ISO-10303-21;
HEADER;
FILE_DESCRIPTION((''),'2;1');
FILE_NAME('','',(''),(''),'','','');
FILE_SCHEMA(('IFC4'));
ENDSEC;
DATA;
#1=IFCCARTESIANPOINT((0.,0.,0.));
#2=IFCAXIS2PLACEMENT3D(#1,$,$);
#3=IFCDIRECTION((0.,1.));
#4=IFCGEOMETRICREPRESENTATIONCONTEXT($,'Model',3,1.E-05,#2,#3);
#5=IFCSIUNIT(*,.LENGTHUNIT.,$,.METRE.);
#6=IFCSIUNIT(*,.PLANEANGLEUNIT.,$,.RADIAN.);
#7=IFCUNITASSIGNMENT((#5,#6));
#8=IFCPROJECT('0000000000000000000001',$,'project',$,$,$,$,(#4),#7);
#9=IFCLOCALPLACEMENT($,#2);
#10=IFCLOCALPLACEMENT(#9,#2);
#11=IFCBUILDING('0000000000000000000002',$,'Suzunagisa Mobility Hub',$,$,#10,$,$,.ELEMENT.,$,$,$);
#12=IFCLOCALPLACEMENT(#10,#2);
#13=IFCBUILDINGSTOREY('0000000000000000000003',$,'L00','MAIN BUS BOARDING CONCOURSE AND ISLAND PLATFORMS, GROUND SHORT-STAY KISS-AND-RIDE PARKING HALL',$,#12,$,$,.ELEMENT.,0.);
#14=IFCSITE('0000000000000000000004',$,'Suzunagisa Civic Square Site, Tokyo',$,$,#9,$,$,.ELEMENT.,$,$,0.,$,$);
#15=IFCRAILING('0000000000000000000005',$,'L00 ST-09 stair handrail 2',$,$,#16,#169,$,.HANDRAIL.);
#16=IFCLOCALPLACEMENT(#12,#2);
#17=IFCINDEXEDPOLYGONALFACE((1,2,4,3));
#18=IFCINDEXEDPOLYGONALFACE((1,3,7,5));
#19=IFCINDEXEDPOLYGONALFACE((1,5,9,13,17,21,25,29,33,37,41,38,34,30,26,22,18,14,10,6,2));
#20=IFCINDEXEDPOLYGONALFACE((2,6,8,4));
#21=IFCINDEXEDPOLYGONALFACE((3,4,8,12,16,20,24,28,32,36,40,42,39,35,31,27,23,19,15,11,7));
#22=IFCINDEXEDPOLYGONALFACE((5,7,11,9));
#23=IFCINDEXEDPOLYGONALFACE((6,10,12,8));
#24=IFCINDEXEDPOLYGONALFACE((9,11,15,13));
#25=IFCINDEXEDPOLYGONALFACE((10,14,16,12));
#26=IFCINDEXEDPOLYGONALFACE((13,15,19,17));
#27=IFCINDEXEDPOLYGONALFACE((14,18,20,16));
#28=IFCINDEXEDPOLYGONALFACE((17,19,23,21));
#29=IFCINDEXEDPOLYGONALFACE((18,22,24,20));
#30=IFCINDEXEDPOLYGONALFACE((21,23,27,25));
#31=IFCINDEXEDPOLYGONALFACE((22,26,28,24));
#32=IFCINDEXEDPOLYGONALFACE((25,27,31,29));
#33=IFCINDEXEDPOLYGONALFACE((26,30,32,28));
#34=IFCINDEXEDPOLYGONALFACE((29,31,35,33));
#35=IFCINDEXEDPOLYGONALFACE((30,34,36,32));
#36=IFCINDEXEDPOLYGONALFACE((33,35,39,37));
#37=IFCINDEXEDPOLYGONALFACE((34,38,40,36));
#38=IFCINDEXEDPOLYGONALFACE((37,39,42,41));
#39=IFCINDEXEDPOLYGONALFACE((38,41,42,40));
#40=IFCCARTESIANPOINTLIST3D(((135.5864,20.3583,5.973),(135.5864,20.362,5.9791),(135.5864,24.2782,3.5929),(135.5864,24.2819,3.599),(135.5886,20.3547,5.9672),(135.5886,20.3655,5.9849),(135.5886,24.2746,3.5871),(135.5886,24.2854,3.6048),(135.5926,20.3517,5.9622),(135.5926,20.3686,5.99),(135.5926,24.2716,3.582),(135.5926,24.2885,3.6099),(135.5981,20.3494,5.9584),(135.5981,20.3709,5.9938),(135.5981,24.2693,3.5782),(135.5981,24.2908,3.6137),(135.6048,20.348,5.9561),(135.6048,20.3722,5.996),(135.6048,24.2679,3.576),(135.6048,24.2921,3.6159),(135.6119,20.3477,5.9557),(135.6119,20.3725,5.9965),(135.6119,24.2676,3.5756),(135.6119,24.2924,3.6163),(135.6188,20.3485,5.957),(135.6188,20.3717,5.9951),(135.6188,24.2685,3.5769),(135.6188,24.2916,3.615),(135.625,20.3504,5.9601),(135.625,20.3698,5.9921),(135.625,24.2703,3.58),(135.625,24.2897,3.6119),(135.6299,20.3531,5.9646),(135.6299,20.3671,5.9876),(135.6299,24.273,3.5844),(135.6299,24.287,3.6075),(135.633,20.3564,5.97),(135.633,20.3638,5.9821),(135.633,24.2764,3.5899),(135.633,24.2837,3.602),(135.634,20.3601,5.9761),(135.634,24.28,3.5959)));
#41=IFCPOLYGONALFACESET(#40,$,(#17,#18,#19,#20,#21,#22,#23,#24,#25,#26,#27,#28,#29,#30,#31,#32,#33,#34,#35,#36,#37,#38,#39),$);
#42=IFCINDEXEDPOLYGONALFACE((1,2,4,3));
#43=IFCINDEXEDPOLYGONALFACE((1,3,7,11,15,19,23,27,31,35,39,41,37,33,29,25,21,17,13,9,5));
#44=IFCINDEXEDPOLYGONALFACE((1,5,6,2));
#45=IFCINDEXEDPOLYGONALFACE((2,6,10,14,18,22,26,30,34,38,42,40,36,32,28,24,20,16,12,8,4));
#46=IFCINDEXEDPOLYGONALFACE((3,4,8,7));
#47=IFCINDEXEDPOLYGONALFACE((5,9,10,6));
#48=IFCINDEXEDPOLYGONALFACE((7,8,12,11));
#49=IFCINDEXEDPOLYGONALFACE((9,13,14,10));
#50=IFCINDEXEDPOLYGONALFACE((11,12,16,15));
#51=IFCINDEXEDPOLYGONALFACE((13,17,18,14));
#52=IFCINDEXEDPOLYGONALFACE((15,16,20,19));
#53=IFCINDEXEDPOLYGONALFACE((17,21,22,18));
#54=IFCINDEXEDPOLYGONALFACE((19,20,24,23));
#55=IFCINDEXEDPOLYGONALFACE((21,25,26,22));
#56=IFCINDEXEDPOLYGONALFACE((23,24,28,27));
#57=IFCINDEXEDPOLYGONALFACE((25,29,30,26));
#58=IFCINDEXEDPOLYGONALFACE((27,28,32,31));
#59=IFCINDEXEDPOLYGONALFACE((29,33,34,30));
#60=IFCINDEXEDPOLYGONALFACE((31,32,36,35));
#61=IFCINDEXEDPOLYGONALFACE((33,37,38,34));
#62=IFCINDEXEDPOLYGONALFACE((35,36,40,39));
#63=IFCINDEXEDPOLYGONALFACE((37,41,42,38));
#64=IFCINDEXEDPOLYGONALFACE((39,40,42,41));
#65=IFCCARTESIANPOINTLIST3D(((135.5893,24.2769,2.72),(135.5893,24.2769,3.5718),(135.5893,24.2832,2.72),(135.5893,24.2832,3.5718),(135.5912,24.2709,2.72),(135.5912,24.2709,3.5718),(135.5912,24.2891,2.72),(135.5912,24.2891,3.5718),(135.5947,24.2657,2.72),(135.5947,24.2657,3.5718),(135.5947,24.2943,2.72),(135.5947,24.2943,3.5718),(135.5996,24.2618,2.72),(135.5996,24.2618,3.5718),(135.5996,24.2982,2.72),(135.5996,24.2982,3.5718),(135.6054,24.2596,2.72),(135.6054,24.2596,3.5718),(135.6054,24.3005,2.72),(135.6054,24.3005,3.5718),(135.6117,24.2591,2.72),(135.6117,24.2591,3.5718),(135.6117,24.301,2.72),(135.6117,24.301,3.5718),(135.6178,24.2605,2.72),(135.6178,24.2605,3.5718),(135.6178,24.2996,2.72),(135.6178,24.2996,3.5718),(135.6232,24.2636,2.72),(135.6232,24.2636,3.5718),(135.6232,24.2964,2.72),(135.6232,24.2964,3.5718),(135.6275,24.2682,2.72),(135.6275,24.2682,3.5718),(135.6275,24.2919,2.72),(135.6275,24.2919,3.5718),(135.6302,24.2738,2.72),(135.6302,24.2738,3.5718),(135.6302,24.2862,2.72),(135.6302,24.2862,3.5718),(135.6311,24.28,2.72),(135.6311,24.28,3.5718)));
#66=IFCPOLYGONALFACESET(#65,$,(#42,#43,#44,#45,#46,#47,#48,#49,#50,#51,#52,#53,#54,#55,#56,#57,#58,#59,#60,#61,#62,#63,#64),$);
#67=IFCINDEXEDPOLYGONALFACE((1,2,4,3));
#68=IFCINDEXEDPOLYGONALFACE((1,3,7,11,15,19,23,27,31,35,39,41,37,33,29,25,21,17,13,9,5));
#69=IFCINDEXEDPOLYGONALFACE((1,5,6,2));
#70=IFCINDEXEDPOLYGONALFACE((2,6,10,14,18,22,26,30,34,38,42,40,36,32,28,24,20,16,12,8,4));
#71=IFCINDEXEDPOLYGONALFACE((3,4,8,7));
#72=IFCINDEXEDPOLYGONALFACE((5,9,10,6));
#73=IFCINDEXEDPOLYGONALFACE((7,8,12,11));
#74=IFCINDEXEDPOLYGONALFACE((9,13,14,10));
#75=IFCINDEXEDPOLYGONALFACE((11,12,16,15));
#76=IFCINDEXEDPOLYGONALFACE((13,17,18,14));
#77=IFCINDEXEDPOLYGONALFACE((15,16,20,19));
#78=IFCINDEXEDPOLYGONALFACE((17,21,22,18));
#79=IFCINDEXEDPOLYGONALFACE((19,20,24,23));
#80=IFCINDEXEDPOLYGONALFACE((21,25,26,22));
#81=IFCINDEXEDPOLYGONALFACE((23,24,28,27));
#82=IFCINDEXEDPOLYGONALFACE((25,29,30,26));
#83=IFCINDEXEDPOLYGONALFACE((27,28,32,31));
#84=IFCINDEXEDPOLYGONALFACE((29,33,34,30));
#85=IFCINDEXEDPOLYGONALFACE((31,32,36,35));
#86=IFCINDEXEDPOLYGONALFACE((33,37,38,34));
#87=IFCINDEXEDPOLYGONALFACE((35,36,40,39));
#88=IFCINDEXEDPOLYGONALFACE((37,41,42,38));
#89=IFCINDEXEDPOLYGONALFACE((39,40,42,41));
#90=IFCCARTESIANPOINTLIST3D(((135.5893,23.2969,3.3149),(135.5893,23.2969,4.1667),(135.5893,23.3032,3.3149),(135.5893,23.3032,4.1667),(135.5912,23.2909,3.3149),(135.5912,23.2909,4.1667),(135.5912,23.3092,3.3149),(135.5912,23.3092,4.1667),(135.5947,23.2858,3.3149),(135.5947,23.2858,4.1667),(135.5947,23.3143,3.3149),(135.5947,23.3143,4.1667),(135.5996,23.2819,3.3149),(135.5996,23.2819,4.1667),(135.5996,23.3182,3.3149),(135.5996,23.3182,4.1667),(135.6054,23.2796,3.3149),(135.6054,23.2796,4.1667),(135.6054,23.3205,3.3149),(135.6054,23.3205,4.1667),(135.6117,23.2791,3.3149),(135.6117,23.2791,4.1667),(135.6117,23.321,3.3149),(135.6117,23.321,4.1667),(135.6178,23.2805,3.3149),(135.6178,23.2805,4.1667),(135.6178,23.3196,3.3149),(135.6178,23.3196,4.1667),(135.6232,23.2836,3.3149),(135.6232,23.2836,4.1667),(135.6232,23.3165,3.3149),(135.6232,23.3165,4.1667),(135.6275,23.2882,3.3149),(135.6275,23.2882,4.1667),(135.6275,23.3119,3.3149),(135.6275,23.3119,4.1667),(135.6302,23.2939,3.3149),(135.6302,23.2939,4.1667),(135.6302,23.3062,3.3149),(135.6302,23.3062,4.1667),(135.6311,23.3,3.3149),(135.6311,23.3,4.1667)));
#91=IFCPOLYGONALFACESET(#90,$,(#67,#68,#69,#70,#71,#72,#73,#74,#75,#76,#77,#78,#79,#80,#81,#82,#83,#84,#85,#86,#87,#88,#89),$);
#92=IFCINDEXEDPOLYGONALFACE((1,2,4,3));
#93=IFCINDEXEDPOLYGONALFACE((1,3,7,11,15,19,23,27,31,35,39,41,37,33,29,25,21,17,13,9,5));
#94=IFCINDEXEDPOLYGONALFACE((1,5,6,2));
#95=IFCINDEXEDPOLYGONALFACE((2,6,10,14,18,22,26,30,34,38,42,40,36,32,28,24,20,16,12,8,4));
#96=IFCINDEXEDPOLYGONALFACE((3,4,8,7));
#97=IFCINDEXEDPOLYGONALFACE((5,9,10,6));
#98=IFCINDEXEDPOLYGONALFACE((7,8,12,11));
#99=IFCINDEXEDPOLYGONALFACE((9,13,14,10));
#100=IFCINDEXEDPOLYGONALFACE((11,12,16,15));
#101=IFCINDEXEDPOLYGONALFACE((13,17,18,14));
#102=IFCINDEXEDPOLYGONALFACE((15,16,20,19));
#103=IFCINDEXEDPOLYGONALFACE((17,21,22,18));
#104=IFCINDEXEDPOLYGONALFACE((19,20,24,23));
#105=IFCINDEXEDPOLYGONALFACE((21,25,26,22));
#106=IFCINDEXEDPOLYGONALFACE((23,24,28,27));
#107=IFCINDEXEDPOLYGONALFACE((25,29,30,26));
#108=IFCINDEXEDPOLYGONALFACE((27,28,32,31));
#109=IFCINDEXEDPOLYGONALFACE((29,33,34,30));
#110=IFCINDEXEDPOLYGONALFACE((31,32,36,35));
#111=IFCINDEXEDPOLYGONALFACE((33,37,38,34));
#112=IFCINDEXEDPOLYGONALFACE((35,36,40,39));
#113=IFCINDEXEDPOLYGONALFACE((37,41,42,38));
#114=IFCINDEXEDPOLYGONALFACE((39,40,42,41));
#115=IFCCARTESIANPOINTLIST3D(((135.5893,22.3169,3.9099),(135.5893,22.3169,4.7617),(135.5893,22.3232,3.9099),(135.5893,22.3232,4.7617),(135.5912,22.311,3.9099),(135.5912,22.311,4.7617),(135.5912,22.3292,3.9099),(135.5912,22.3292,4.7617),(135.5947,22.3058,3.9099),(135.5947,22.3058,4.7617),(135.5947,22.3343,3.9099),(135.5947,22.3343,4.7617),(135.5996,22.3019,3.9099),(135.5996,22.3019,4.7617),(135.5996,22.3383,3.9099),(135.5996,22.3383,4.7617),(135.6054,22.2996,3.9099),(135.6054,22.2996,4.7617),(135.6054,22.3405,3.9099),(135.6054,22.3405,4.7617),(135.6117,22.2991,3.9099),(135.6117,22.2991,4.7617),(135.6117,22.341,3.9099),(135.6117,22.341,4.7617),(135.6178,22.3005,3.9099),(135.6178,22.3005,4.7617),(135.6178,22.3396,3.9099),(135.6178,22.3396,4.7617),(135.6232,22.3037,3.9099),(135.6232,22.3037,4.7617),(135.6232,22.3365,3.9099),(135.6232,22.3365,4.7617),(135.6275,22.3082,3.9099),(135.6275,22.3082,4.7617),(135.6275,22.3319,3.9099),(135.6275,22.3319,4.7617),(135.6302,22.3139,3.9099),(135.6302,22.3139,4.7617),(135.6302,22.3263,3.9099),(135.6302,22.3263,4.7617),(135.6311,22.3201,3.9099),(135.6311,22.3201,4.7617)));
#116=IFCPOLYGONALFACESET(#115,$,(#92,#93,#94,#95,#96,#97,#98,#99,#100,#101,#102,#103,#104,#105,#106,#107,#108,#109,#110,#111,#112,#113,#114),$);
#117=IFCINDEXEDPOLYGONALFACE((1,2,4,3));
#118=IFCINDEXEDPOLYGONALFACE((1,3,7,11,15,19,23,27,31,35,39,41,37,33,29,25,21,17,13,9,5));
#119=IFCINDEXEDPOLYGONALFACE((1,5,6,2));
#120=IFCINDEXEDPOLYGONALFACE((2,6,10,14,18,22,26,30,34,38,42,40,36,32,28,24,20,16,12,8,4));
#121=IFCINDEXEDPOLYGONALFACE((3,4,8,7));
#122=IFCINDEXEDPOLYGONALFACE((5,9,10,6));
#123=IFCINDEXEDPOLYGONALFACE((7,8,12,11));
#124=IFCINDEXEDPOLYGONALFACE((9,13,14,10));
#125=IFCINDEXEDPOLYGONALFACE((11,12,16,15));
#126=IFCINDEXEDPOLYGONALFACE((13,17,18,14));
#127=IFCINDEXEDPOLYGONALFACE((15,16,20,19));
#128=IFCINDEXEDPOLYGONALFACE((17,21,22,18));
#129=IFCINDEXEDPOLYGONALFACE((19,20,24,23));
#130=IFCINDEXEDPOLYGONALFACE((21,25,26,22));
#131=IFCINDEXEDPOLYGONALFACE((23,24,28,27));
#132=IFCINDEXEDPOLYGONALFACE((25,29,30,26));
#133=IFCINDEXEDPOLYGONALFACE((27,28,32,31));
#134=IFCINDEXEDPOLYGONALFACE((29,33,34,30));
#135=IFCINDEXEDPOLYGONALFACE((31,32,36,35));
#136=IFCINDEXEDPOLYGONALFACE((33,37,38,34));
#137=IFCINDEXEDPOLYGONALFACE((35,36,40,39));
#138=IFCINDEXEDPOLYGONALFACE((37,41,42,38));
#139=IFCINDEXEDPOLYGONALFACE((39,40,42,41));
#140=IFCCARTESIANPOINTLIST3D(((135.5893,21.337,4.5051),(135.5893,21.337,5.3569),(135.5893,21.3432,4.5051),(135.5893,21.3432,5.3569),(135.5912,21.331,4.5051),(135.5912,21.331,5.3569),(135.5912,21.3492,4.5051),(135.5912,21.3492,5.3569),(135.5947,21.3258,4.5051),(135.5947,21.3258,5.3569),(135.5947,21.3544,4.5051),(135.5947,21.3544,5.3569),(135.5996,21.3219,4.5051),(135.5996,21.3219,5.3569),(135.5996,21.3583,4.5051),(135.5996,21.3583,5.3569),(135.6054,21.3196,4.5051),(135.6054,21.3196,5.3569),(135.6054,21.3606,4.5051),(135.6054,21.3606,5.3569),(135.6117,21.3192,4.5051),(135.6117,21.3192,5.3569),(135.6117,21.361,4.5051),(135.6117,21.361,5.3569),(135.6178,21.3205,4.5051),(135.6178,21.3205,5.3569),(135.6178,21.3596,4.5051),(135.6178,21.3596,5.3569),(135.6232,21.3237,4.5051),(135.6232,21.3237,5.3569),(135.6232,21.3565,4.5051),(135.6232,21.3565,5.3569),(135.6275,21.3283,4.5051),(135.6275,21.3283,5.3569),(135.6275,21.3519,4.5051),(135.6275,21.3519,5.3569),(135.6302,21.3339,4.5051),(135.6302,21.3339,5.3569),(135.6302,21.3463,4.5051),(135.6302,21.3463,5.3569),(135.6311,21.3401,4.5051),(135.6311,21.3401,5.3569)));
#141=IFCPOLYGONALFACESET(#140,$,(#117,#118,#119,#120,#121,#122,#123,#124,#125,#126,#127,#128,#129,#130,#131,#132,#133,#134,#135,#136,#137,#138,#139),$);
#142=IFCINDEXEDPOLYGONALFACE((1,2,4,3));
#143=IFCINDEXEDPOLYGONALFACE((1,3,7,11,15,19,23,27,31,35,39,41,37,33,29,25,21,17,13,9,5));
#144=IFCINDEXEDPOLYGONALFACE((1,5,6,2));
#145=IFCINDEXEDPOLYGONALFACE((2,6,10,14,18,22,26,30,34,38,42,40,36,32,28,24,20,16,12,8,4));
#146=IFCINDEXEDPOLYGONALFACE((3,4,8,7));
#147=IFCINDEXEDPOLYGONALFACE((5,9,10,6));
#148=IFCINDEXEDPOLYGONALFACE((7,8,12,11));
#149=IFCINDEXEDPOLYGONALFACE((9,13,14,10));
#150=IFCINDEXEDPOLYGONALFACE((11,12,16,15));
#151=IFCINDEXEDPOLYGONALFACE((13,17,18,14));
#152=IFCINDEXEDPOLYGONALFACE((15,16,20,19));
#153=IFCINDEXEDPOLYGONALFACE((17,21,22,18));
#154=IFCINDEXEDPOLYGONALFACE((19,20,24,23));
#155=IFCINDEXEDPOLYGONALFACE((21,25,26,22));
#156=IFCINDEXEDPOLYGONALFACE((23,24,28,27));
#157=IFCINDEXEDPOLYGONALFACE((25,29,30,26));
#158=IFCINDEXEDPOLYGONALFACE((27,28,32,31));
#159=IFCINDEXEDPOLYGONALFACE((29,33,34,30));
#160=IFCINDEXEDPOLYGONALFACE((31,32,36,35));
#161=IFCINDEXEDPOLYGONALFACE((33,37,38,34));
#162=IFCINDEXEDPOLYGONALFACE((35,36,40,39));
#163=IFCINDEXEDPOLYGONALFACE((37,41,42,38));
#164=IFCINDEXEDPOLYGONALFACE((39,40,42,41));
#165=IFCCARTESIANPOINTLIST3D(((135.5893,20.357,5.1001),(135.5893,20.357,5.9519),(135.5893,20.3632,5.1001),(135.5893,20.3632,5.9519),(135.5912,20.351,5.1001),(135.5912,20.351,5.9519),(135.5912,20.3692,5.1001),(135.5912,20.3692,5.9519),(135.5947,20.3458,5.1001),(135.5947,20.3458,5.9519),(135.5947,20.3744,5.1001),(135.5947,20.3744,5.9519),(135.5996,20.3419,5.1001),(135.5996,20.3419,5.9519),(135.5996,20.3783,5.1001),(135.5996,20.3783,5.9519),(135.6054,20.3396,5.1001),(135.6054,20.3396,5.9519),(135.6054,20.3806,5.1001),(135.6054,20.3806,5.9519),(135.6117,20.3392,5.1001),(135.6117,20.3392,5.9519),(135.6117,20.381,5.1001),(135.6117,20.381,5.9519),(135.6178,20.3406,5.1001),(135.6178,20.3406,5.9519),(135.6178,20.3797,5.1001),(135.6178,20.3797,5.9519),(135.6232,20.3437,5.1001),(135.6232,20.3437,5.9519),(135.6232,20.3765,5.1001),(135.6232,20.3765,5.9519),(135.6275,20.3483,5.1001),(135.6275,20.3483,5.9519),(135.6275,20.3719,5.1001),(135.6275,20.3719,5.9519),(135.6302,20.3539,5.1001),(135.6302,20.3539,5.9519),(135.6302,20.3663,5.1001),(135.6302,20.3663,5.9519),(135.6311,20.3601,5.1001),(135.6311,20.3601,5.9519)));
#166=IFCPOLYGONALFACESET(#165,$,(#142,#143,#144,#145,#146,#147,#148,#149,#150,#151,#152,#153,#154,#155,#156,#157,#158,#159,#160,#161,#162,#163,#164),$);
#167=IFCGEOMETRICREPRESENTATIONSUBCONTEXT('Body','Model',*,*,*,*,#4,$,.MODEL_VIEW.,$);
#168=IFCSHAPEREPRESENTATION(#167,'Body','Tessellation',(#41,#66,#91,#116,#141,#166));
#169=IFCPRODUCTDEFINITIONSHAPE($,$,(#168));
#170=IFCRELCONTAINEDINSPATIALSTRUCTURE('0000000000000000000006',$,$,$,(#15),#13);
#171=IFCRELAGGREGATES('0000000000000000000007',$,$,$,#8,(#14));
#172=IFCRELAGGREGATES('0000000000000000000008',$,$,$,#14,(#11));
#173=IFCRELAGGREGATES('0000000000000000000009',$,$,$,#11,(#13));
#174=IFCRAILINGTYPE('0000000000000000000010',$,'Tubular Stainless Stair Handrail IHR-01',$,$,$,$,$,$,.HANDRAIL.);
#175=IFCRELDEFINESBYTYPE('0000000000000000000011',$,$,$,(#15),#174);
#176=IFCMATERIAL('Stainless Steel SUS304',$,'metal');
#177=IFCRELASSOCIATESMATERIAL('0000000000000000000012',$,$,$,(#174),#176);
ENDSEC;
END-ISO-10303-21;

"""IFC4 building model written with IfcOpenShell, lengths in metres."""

from ifc_helpers import new_model, si_unit, direction, frame, origin, origin_2d, place, context, subcontext, project, spatial, circle, extrude, material, type_object, element, save


model = new_model("IFC4")

# Units and contexts
model_context = context("Model", 3, precision=1e-05, world=origin(), true_north=direction((0.0, 1.0)))
body_context = subcontext(model_context, "Body", "Model", "MODEL_VIEW")
ifc_project = project(units=[si_unit("LENGTHUNIT", "METRE"), si_unit("PLANEANGLEUNIT", "RADIAN")], contexts=[model_context])

# Site, building, storey
site_placement = place(None, origin())
site = spatial("IfcSite", under=ifc_project, at=site_placement, Name="Suzunagisa Civic Square Site, Tokyo", CompositionType="ELEMENT", RefElevation=0.0)
building_placement = place(site_placement, origin())
building = spatial("IfcBuilding", under=site, at=building_placement, Name="Suzunagisa Mobility Hub", CompositionType="ELEMENT")
storey_placement = place(building_placement, origin())
storey = spatial("IfcBuildingStorey", under=building, at=storey_placement, Name="L00", Description="MAIN BUS BOARDING CONCOURSE AND ISLAND PLATFORMS, GROUND SHORT-STAY KISS-AND-RIDE PARKING HALL", CompositionType="ELEMENT", Elevation=0.0)

# Railing
ifc_material_1 = material(Name="Stainless Steel SUS304", Category="metal")
railing_type_1 = type_object("IfcRailingType", Name="Tubular Stainless Stair Handrail IHR-01", PredefinedType="HANDRAIL", material=ifc_material_1)
railing_1_placement = place(storey_placement, frame((135.6101, 24.28, 2.72)))
element("IfcRailing", 1, at=railing_1_placement, inside=storey, type_object=railing_type_1, Name="L00 ST-09 stair handrail 2", PredefinedType="HANDRAIL", context=body_context, shape_type="SweptSolid", body=[
    extrude(circle(Radius=0.0239, at=origin_2d()), frame((0.0, 0.0, 0.876), z_axis=(0.0, -0.854771, 0.519006), x_axis=(1.0, 0.0, 0.0)), (0.0, 0.0, 1.0), 4.5859),
    extrude(circle(Radius=0.021, at=origin_2d()), origin(), (0.0, 0.0, 1.0), 0.8518),
    extrude(circle(Radius=0.021, at=origin_2d()), frame((0.0, -0.98, 0.595)), (0.0, 0.0, 1.0), 0.8518),
    extrude(circle(Radius=0.021, at=origin_2d()), frame((0.0, -1.96, 1.1899)), (0.0, 0.0, 1.0), 0.8518),
    extrude(circle(Radius=0.021, at=origin_2d()), frame((0.0, -2.9399, 1.7852)), (0.0, 0.0, 1.0), 0.8518),
    extrude(circle(Radius=0.021, at=origin_2d()), frame((0.0, -3.9199, 2.3801)), (0.0, 0.0, 1.0), 0.8518),
])

save(model, "model.ifc")
